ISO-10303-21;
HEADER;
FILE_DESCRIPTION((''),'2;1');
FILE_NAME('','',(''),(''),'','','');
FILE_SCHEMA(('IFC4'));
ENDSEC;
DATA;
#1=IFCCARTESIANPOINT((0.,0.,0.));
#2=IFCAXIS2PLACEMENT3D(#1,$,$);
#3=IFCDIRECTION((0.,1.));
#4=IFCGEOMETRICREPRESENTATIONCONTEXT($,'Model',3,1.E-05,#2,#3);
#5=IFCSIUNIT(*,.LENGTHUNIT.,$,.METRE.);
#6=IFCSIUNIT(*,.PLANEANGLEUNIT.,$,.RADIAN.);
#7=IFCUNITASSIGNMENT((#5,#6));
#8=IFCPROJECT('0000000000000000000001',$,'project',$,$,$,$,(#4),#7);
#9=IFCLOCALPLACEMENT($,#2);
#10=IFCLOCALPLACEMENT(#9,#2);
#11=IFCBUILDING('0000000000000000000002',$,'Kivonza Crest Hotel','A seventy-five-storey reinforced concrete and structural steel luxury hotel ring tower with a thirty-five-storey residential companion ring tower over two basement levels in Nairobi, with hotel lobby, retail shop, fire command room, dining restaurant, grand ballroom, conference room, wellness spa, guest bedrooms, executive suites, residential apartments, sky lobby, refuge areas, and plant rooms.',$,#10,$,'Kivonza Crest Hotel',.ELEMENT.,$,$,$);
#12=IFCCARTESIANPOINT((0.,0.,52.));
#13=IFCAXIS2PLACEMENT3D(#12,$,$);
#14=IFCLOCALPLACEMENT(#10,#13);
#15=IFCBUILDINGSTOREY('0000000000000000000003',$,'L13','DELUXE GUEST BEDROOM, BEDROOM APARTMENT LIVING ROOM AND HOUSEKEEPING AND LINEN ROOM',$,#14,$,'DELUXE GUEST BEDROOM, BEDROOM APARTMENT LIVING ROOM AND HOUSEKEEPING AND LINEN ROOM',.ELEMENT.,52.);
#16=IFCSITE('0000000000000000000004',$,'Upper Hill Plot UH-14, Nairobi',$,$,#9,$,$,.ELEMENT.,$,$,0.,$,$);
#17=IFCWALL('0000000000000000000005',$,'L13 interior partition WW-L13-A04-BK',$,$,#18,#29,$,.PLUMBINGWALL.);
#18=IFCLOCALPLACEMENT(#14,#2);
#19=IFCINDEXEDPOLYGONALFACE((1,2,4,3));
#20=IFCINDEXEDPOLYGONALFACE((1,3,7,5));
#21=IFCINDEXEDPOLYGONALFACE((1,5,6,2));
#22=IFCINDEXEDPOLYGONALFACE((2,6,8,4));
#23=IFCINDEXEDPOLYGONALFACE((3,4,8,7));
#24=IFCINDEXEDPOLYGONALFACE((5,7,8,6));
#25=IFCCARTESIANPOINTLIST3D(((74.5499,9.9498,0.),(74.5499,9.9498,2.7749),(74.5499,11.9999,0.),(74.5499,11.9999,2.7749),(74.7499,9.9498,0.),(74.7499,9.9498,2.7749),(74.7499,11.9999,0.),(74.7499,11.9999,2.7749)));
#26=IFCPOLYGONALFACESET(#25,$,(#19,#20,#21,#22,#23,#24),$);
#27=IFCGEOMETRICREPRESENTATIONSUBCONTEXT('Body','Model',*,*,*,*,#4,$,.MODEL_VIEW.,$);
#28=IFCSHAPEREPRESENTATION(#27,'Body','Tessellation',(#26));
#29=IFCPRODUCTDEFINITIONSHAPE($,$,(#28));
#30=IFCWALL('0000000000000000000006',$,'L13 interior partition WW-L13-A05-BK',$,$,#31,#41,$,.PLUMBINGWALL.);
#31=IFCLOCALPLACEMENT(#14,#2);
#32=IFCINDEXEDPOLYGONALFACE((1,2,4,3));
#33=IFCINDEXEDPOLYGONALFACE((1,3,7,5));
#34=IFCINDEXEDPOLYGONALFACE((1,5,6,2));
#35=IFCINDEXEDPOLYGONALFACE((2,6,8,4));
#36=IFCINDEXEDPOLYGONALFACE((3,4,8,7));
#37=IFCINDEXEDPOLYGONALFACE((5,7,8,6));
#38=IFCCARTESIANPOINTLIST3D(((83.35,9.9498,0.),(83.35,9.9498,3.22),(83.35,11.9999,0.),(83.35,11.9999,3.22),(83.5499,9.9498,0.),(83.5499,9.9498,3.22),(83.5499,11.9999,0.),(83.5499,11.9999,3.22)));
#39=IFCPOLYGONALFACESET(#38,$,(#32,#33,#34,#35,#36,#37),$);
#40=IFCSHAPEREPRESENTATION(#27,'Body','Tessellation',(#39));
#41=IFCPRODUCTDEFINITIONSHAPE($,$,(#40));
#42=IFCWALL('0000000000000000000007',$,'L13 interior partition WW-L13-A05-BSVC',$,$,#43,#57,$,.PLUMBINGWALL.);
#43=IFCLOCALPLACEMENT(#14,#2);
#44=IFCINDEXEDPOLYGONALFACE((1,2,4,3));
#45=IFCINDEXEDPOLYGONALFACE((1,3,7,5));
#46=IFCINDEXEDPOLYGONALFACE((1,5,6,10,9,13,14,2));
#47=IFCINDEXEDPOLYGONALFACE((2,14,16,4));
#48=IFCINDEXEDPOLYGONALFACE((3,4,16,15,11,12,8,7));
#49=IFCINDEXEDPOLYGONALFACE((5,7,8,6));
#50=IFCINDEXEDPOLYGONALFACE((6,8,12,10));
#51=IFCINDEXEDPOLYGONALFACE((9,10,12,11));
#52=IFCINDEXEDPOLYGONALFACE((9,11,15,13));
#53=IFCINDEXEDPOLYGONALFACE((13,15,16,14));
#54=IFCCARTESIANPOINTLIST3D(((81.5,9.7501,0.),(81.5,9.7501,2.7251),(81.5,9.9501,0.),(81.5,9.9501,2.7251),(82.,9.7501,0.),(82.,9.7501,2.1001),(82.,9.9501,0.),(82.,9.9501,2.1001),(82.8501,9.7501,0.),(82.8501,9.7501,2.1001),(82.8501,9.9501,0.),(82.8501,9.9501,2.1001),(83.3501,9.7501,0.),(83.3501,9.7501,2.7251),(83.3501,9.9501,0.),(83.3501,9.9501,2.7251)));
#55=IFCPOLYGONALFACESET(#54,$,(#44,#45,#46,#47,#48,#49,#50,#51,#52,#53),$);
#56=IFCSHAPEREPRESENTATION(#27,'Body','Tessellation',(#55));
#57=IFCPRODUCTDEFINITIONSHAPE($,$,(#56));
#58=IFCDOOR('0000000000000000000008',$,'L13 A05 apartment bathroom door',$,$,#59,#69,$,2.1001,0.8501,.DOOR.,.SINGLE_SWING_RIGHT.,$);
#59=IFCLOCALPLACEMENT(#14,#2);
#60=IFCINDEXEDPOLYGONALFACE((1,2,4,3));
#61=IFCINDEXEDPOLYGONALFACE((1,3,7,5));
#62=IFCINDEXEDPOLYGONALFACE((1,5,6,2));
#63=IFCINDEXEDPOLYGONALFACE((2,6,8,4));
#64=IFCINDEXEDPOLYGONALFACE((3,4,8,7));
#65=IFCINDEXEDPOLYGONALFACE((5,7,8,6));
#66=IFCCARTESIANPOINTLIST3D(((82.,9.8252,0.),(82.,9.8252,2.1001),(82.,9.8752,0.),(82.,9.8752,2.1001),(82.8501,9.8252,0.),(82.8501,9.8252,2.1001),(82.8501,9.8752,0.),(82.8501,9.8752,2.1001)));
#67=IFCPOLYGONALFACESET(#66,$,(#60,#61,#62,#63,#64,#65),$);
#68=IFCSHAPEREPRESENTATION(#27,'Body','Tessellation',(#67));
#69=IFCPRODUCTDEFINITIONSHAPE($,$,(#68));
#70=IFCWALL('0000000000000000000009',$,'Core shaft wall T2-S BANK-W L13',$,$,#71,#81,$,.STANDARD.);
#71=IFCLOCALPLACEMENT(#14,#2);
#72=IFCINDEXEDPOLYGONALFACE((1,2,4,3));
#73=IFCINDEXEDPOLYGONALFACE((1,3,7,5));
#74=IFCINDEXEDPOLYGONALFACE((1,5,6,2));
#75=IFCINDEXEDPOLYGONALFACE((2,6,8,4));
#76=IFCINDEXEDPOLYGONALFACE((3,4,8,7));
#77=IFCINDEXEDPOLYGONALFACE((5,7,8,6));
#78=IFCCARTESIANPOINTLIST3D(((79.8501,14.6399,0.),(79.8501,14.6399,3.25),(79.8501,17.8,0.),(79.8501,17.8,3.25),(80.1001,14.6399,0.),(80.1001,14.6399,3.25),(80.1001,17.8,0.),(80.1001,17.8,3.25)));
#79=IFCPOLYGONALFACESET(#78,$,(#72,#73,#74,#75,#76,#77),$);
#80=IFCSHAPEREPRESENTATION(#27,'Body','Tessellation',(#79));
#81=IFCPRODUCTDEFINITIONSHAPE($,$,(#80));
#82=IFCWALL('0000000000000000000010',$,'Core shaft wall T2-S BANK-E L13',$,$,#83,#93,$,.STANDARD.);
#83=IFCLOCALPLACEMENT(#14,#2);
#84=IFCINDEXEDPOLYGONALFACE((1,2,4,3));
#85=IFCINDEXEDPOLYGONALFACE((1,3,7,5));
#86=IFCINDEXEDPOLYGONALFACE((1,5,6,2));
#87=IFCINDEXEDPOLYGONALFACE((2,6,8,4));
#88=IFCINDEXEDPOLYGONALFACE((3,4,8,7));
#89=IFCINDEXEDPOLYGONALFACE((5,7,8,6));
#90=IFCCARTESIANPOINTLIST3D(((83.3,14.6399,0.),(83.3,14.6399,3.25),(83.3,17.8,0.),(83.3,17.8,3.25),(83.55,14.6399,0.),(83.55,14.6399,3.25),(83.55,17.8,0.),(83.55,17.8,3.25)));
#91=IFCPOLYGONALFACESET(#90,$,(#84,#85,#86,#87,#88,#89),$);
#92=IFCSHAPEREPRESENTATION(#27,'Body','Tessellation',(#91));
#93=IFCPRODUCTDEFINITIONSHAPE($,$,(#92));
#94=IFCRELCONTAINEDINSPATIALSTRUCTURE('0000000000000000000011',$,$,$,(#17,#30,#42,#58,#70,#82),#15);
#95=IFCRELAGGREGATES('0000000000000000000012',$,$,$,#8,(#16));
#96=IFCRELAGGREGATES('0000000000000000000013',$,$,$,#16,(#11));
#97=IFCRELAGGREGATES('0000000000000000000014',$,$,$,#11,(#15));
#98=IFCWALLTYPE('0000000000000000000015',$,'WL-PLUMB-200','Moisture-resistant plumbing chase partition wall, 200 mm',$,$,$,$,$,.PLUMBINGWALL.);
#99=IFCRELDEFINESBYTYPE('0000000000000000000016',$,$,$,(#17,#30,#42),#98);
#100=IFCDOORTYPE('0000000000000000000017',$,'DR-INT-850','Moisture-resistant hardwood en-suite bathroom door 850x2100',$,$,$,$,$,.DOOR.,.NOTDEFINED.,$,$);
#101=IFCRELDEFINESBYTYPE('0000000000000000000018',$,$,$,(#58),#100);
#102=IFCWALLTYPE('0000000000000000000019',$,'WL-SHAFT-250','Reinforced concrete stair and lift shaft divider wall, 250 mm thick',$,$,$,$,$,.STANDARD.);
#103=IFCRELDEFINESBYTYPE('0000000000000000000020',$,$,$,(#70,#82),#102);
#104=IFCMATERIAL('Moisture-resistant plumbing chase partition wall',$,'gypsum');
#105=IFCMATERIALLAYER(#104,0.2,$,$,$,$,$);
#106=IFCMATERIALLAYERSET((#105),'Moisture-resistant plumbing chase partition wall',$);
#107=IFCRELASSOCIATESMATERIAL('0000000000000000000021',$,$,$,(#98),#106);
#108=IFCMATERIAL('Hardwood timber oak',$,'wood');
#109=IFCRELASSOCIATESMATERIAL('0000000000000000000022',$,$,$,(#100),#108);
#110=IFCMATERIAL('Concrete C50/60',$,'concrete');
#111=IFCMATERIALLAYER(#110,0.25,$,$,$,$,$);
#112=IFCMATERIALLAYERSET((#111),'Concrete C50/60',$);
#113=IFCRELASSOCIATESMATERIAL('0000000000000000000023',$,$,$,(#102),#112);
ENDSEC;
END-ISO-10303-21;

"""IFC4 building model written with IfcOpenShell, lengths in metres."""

from ifc_helpers import new_model, si_unit, direction, frame, frame_2d, origin, place, context, subcontext, project, spatial, rectangle, extrude, material, layer, layer_set, type_object, element, fill, save


model = new_model("IFC4")

# Units and contexts
model_context = context("Model", 3, precision=1e-05, world=origin(), true_north=direction((0.0, 1.0)))
body_context = subcontext(model_context, "Body", "Model", "MODEL_VIEW")
ifc_project = project(units=[si_unit("LENGTHUNIT", "METRE"), si_unit("PLANEANGLEUNIT", "RADIAN")], contexts=[model_context])

# Site, building, storey
site_placement = place(None, origin())
site = spatial("IfcSite", under=ifc_project, at=site_placement, Name="Upper Hill Plot UH-14, Nairobi", CompositionType="ELEMENT", RefElevation=0.0)
building_placement = place(site_placement, origin())
building = spatial("IfcBuilding", under=site, at=building_placement, Name="Kivonza Crest Hotel", Description="A seventy-five-storey reinforced concrete and structural steel luxury hotel ring tower with a thirty-five-storey residential companion ring tower over two basement levels in Nairobi, with hotel lobby, retail shop, fire command room, dining restaurant, grand ballroom, conference room, wellness spa, guest bedrooms, executive suites, residential apartments, sky lobby, refuge areas, and plant rooms.", LongName="Kivonza Crest Hotel", CompositionType="ELEMENT")
storey_placement = place(building_placement, frame((0.0, 0.0, 52.0)))
storey = spatial("IfcBuildingStorey", under=building, at=storey_placement, Name="L13", Description="DELUXE GUEST BEDROOM, BEDROOM APARTMENT LIVING ROOM AND HOUSEKEEPING AND LINEN ROOM", LongName="DELUXE GUEST BEDROOM, BEDROOM APARTMENT LIVING ROOM AND HOUSEKEEPING AND LINEN ROOM", CompositionType="ELEMENT", Elevation=52.0)

# Shared definitions
ifc_material_1 = material(Name="Hardwood timber oak", Category="wood")

# Walls
ifc_material_2 = material(Name="Moisture-resistant plumbing chase partition wall", Category="gypsum")
ifc_layer_1 = layer(ifc_material_2, 0.2)
ifc_layer_set_1 = layer_set([ifc_layer_1], Name="Moisture-resistant plumbing chase partition wall")
wall_type_1 = type_object("IfcWallType", Name="WL-PLUMB-200", Description="Moisture-resistant plumbing chase partition wall, 200 mm", PredefinedType="PLUMBINGWALL", material=ifc_layer_set_1)
wall_1_placement = place(storey_placement, frame((74.6499, 9.95, 0.0), z_axis=(0.0, 0.0, 1.0), x_axis=(0.0, 1.0, 0.0)))
element("IfcWall", 1, at=wall_1_placement, inside=storey, type_object=wall_type_1, Name="L13 interior partition WW-L13-A04-BK", PredefinedType="PLUMBINGWALL", context=body_context, shape_type="SweptSolid", body=[
    extrude(rectangle(XDim=2.05, YDim=0.2, at=frame_2d((1.0249, 0.0))), origin(), (0.0, 0.0, 1.0), 2.7749),
])
wall_2_placement = place(storey_placement, frame((83.45, 9.95, 0.0), z_axis=(0.0, 0.0, 1.0), x_axis=(0.0, 1.0, 0.0)))
element("IfcWall", 2, at=wall_2_placement, inside=storey, type_object=wall_type_1, Name="L13 interior partition WW-L13-A05-BK", PredefinedType="PLUMBINGWALL", context=body_context, shape_type="SweptSolid", body=[
    extrude(rectangle(XDim=2.05, YDim=0.2, at=frame_2d((1.0249, 0.0))), origin(), (0.0, 0.0, 1.0), 3.22),
])

# Wall, opening, door
wall_3_placement = place(storey_placement, frame((81.5, 9.8501, 0.0), z_axis=(0.0, 0.0, 1.0), x_axis=(1.0, 0.0, 0.0)))
wall_3 = element("IfcWall", 3, at=wall_3_placement, inside=storey, type_object=wall_type_1, Name="L13 interior partition WW-L13-A05-BSVC", PredefinedType="PLUMBINGWALL", context=body_context, shape_type="SweptSolid", body=[
    extrude(rectangle(XDim=1.8501, YDim=0.2, at=frame_2d((0.925, 0.0))), origin(), (0.0, 0.0, 1.0), 2.7251),
])
opening_1_placement = place(wall_3_placement, frame((0.5, 0.0, 0.0)))
opening_1 = element("IfcOpeningElement", 4, at=opening_1_placement, cuts=wall_3, PredefinedType="OPENING", context=body_context, shape_type="SweptSolid", body=[
    extrude(rectangle(XDim=0.8501, YDim=2.1001, at=frame_2d((0.425, 1.05))), frame((0.0, 0.1099, 0.0), z_axis=(0.0, -1.0, 0.0), x_axis=(1.0, 0.0, 0.0)), (0.0, 0.0, 1.0), 0.22),
])
door_type_1 = type_object("IfcDoorType", Name="DR-INT-850", Description="Moisture-resistant hardwood en-suite bathroom door 850x2100", OperationType="NOTDEFINED", PredefinedType="DOOR", material=ifc_material_1)
door_1_placement = place(opening_1_placement, frame((0.8501, 0.0, 0.0), z_axis=(0.0, 0.0, 1.0), x_axis=(-1.0, 0.0, 0.0)))
door_1 = element("IfcDoor", 5, at=door_1_placement, inside=storey, type_object=door_type_1, Name="L13 A05 apartment bathroom door", OperationType="SINGLE_SWING_RIGHT", OverallHeight=2.1001, OverallWidth=0.8501, PredefinedType="DOOR", context=body_context, shape_type="SweptSolid", body=[
    extrude(rectangle(XDim=0.8501, YDim=2.1001, at=frame_2d((0.425, 1.05))), frame((0.0, 0.0249, 0.0), z_axis=(0.0, -1.0, 0.0), x_axis=(1.0, 0.0, 0.0)), (0.0, 0.0, 1.0), 0.05),
])
fill(opening_1, door_1)
ifc_material_3 = material(Name="Concrete C50/60", Category="concrete")
ifc_layer_2 = layer(ifc_material_3, 0.25)
ifc_layer_set_2 = layer_set([ifc_layer_2], Name="Concrete C50/60")
wall_type_2 = type_object("IfcWallType", Name="WL-SHAFT-250", Description="Reinforced concrete stair and lift shaft divider wall, 250 mm thick", PredefinedType="STANDARD", material=ifc_layer_set_2)

# Walls
for number, where, z_axis, x_axis, name in (
    (6, (79.9751, 14.6399, 0.0), (0.0, 0.0, 1.0), (0.0, 1.0, 0.0), "Core shaft wall T2-S BANK-W L13"),
    (7, (83.425, 14.6399, 0.0), (0.0, 0.0, 1.0), (0.0, 1.0, 0.0), "Core shaft wall T2-S BANK-E L13"),
):
    element("IfcWall", number, at=place(storey_placement, frame(where, z_axis=z_axis, x_axis=x_axis)), inside=storey, type_object=wall_type_2, Name=name, PredefinedType="STANDARD", context=body_context, shape_type="SweptSolid", body=[
        extrude(rectangle(XDim=3.1602, YDim=0.25, at=frame_2d((1.5801, 0.0))), origin(), (0.0, 0.0, 1.0), 3.25),
    ])

save(model, "model.ifc")
